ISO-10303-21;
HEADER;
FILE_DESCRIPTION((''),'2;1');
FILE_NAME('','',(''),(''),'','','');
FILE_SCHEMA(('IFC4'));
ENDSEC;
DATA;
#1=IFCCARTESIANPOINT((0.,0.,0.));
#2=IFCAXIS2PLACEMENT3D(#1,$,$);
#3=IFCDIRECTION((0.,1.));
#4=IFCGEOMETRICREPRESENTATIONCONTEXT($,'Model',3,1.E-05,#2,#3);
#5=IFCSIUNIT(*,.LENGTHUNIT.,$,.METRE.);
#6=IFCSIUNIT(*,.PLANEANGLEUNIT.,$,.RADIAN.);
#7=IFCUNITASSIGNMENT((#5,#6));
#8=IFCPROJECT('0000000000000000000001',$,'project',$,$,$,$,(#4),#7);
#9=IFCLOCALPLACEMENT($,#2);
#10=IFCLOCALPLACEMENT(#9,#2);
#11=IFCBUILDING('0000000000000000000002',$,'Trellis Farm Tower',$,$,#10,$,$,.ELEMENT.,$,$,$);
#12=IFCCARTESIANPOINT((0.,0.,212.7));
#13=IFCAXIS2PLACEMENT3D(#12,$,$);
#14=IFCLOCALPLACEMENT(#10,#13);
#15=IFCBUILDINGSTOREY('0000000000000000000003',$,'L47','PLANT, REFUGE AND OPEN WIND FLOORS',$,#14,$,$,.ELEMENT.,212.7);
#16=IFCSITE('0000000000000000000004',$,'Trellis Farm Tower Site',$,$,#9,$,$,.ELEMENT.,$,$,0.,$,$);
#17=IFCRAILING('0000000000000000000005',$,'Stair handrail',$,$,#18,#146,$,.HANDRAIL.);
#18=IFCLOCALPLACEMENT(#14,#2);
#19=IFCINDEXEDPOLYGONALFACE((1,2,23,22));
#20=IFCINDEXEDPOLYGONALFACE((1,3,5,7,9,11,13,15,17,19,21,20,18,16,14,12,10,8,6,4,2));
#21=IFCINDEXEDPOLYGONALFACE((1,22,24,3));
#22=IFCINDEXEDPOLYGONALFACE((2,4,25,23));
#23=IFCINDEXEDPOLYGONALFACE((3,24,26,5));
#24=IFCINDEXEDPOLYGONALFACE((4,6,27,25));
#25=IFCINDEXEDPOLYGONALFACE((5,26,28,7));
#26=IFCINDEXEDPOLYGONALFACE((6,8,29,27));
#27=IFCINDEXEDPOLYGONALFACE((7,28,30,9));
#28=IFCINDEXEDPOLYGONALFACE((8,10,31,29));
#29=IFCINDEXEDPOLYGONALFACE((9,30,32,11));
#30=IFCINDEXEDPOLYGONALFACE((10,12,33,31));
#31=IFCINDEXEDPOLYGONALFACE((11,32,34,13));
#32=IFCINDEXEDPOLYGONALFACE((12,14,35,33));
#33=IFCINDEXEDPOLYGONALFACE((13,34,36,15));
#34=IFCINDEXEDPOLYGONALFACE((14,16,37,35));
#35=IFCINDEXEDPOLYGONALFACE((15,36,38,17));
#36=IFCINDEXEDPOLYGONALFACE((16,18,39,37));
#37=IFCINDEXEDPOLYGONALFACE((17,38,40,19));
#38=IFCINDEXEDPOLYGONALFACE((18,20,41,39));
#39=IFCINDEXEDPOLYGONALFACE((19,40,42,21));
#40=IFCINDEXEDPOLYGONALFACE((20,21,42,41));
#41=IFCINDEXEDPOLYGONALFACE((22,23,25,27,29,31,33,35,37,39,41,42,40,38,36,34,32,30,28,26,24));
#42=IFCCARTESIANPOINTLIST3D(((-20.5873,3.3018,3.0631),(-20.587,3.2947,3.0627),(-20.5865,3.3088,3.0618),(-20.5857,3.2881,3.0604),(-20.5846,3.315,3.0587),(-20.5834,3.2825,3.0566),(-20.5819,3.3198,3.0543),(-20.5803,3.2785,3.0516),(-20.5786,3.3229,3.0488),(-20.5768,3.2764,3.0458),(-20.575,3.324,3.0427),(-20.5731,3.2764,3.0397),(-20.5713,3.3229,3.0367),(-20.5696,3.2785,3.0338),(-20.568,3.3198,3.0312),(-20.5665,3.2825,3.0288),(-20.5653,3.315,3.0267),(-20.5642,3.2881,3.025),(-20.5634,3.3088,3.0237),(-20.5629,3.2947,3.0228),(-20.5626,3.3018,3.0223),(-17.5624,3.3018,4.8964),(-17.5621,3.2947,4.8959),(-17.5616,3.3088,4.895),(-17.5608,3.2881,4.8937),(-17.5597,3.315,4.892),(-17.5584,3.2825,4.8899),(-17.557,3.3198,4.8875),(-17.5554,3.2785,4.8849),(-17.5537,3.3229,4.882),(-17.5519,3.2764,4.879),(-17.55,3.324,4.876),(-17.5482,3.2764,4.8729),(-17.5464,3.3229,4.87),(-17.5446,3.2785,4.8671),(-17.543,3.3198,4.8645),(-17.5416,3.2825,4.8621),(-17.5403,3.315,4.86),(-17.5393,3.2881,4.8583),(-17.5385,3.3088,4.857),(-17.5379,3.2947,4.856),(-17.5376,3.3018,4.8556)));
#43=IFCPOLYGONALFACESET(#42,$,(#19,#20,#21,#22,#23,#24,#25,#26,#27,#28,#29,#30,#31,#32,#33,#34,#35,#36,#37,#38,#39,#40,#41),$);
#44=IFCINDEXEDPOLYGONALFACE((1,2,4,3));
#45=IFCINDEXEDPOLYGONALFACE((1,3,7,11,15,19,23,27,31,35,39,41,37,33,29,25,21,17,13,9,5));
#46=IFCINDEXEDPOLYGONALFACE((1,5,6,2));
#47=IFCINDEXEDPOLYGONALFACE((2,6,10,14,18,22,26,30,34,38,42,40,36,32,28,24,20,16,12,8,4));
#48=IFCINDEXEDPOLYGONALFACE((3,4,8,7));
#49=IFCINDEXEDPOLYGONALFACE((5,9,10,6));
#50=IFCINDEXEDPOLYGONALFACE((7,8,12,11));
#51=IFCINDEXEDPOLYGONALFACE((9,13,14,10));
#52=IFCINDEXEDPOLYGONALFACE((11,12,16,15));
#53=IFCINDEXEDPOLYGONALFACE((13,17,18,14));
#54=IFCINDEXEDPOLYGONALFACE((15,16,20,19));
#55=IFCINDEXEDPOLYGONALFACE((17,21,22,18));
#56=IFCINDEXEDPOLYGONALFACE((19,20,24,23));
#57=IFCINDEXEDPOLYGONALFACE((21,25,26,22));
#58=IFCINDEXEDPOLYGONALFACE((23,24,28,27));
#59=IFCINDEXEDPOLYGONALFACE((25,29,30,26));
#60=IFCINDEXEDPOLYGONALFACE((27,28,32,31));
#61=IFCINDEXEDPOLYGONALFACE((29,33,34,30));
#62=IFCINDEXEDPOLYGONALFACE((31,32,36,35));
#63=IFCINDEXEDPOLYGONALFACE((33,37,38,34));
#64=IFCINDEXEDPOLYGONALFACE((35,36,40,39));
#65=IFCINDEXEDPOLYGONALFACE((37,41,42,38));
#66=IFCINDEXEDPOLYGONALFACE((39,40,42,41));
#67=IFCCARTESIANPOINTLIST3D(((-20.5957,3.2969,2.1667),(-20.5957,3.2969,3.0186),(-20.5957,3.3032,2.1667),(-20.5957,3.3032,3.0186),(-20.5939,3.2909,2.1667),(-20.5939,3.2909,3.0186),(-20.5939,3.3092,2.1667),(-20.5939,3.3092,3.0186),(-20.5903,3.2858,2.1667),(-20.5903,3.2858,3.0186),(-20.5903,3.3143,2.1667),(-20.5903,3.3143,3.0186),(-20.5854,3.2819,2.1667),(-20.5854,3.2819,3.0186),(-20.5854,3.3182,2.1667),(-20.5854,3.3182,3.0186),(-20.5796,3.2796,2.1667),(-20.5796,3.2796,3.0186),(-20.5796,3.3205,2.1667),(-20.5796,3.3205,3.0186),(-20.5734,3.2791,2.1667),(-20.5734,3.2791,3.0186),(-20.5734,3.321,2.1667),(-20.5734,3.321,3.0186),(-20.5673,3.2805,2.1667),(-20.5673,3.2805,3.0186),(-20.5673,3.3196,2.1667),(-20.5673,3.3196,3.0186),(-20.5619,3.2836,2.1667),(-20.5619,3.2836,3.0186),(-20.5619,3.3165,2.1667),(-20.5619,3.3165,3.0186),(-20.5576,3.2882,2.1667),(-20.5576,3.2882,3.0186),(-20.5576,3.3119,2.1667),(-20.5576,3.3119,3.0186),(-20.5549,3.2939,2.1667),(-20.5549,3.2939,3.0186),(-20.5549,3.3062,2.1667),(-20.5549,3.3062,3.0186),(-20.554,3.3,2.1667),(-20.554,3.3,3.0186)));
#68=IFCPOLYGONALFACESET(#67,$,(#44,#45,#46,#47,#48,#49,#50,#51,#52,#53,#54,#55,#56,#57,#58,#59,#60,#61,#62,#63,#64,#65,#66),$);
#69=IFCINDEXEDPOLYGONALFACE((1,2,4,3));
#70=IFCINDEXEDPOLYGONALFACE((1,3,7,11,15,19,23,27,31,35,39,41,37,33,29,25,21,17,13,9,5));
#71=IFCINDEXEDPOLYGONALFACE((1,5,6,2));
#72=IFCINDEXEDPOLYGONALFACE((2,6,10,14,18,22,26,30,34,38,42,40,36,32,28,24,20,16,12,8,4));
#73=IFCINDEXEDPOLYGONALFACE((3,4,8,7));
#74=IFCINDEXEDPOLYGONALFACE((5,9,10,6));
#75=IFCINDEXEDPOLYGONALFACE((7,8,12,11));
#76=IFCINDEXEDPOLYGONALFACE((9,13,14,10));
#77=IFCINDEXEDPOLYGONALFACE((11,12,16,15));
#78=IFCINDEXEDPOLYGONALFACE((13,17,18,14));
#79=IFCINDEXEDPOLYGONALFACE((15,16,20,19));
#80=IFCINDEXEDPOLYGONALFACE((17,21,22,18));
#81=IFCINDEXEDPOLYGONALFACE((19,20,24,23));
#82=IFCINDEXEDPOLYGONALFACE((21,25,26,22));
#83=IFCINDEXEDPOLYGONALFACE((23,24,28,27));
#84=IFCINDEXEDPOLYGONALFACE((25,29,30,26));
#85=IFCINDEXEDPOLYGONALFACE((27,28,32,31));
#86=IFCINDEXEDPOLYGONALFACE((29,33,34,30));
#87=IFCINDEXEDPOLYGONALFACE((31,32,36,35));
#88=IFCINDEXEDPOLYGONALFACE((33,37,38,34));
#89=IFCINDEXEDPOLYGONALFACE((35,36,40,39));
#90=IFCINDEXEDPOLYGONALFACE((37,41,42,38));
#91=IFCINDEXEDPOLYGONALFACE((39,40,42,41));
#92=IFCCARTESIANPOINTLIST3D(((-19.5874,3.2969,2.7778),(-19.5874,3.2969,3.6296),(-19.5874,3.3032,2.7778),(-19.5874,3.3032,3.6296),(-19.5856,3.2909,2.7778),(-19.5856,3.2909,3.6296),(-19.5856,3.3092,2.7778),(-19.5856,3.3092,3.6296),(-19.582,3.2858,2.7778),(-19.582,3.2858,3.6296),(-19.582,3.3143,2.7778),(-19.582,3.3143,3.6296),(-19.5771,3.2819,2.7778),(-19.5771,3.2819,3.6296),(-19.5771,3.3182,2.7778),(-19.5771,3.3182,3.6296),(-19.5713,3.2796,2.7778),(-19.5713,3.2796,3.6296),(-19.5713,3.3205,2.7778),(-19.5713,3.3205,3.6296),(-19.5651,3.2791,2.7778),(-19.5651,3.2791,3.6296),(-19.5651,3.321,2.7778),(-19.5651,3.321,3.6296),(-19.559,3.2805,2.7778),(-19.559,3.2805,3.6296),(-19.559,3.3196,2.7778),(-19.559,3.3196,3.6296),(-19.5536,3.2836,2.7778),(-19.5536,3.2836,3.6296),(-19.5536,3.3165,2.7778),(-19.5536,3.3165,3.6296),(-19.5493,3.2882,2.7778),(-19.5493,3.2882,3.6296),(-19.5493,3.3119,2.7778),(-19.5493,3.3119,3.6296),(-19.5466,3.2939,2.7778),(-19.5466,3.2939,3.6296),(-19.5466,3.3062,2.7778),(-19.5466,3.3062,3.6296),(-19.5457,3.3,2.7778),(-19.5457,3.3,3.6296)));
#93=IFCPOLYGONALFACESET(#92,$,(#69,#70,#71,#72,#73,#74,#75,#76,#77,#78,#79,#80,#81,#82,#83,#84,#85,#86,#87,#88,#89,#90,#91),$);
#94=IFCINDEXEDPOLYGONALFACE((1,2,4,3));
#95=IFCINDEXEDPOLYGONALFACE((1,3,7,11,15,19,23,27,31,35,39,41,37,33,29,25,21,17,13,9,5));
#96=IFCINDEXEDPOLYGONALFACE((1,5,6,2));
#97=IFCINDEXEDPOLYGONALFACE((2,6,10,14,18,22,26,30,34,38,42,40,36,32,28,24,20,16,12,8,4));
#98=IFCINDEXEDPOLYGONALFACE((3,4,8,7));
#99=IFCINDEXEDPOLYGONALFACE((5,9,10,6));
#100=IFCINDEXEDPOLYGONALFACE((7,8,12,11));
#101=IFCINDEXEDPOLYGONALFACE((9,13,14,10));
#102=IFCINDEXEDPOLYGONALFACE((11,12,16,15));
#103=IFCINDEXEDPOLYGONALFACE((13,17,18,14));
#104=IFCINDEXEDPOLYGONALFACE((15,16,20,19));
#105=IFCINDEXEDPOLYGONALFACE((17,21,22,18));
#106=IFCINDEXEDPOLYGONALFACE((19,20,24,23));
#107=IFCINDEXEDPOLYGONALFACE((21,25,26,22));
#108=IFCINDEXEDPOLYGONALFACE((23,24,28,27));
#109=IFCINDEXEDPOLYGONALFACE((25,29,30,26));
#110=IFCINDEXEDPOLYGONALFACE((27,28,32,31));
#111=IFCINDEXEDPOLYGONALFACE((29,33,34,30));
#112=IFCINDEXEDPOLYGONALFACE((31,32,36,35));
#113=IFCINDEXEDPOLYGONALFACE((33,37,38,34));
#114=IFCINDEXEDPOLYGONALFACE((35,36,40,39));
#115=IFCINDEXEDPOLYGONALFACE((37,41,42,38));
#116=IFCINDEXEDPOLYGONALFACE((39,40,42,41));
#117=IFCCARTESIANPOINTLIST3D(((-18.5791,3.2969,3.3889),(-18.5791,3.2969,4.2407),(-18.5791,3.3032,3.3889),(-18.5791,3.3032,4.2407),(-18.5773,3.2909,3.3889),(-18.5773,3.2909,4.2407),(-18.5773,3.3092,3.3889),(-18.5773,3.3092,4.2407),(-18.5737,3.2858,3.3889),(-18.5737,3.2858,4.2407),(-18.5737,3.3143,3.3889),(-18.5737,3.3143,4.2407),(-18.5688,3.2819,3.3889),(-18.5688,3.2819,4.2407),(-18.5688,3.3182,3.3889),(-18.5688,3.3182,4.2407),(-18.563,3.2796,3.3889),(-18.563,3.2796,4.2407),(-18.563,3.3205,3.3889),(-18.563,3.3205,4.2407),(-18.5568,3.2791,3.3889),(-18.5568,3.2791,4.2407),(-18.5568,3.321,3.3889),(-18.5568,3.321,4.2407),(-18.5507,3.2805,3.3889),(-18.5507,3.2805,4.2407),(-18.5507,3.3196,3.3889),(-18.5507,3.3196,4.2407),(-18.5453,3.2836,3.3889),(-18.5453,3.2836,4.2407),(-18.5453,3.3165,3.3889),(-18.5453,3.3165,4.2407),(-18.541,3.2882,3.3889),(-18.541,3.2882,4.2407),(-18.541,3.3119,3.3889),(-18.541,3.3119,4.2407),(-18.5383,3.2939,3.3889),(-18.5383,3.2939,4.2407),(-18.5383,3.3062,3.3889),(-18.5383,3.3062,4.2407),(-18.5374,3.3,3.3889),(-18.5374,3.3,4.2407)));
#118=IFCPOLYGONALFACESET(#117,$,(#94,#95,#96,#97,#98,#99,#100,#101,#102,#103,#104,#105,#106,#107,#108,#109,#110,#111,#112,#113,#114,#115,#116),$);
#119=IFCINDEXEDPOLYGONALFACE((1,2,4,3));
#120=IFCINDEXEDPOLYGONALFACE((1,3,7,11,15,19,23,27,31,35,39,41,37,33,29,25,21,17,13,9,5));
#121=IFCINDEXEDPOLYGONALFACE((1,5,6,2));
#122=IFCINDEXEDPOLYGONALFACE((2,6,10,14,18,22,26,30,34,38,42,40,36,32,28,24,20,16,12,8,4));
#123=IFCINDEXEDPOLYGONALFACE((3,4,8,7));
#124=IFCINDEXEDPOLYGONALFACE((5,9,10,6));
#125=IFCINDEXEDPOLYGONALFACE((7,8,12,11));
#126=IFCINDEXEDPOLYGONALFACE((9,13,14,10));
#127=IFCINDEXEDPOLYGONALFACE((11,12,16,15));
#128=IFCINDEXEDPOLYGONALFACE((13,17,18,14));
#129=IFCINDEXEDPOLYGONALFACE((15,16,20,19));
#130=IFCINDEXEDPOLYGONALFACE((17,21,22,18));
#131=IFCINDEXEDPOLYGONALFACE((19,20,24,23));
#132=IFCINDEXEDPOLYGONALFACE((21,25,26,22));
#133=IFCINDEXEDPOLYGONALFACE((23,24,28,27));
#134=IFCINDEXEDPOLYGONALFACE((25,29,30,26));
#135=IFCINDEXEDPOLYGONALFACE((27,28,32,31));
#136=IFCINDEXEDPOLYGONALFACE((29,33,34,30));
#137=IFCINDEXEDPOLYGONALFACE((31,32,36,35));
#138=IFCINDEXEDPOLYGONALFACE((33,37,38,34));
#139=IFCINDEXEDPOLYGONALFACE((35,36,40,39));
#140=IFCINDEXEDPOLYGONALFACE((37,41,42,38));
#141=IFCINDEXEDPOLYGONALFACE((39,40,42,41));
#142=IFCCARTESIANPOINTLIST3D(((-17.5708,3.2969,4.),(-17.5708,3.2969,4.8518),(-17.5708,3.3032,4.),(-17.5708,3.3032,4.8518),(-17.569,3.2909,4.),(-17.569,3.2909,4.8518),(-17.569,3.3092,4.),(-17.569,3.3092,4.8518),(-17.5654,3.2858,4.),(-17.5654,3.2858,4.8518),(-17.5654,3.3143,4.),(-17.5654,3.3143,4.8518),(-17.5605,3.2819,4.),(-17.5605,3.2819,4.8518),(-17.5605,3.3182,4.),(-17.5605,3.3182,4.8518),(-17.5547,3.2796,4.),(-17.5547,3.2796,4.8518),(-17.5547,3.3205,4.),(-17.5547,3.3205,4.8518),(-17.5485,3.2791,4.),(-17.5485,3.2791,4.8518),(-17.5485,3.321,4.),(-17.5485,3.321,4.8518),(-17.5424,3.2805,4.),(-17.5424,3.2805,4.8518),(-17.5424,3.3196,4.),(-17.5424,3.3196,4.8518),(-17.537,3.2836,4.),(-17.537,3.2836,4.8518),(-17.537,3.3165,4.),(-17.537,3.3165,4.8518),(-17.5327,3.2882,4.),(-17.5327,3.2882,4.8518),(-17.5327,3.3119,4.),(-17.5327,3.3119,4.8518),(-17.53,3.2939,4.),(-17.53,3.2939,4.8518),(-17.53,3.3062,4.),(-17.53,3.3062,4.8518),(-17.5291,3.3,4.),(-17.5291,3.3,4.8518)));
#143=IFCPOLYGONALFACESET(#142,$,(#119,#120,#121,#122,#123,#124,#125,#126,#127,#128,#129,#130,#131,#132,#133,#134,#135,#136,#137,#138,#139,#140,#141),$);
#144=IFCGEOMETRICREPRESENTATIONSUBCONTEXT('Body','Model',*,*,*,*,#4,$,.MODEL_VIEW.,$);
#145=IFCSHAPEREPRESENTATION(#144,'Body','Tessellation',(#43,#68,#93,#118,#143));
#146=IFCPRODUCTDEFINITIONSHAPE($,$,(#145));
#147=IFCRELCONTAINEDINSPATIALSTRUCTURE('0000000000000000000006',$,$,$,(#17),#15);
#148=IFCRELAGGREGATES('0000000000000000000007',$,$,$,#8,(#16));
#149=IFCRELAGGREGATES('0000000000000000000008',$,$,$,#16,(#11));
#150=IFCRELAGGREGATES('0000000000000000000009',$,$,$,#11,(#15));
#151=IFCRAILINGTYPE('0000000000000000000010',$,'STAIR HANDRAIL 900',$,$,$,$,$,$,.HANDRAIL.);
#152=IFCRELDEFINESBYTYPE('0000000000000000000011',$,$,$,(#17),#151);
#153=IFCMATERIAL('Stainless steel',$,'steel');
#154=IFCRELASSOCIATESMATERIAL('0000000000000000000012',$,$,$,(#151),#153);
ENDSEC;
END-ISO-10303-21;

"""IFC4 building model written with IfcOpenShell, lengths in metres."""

from ifc_helpers import new_model, si_unit, direction, frame, origin, origin_2d, place, context, subcontext, project, spatial, circle, extrude, source, transform, mapped, material, type_object, element, save


model = new_model("IFC4")

# Units and contexts
model_context = context("Model", 3, precision=1e-05, world=origin(), true_north=direction((0.0, 1.0)))
body_context = subcontext(model_context, "Body", "Model", "MODEL_VIEW")
ifc_project = project(units=[si_unit("LENGTHUNIT", "METRE"), si_unit("PLANEANGLEUNIT", "RADIAN")], contexts=[model_context])

# Site, building, storey
site_placement = place(None, origin())
site = spatial("IfcSite", under=ifc_project, at=site_placement, Name="Trellis Farm Tower Site", CompositionType="ELEMENT", RefElevation=0.0)
building_placement = place(site_placement, origin())
building = spatial("IfcBuilding", under=site, at=building_placement, Name="Trellis Farm Tower", CompositionType="ELEMENT")
storey_placement = place(building_placement, frame((0.0, 0.0, 212.7)))
storey = spatial("IfcBuildingStorey", under=building, at=storey_placement, Name="L47", Description="PLANT, REFUGE AND OPEN WIND FLOORS", CompositionType="ELEMENT", Elevation=212.7)

# Railing
ifc_material_1 = material(Name="Stainless steel", Category="steel")
railing_type_1 = type_object("IfcRailingType", Name="STAIR HANDRAIL 900", PredefinedType="HANDRAIL", material=ifc_material_1)
shared_shape_1 = source(origin(), body_context, "Body", "SweptSolid", [
    extrude(circle(Radius=0.0239, at=origin_2d()), frame((0.0, 0.0, 0.876), z_axis=(0.855201, 0.0, 0.518297), x_axis=(0.0, 1.0, 0.0)), (0.0, 0.0, 1.0), 3.5371),
    extrude(circle(Radius=0.021, at=origin_2d()), origin(), (0.0, 0.0, 1.0), 0.8518),
    extrude(circle(Radius=0.021, at=origin_2d()), frame((1.0083, 0.0, 0.6111)), (0.0, 0.0, 1.0), 0.8518),
    extrude(circle(Radius=0.021, at=origin_2d()), frame((2.0166, 0.0, 1.2222)), (0.0, 0.0, 1.0), 0.8518),
    extrude(circle(Radius=0.021, at=origin_2d()), frame((3.0249, 0.0, 1.8333)), (0.0, 0.0, 1.0), 0.8518),
])
for number, where, name in (
    (1, (-20.575, 3.3, 2.1667), "Stair handrail"),
):
    element("IfcRailing", number, at=place(storey_placement, frame(where)), inside=storey, type_object=railing_type_1, Name=name, PredefinedType="HANDRAIL", context=body_context, shape_type="MappedRepresentation", body=[
        mapped(shared_shape_1, transform((0.0, 0.0, 0.0))),
    ])

save(model, "model.ifc")
